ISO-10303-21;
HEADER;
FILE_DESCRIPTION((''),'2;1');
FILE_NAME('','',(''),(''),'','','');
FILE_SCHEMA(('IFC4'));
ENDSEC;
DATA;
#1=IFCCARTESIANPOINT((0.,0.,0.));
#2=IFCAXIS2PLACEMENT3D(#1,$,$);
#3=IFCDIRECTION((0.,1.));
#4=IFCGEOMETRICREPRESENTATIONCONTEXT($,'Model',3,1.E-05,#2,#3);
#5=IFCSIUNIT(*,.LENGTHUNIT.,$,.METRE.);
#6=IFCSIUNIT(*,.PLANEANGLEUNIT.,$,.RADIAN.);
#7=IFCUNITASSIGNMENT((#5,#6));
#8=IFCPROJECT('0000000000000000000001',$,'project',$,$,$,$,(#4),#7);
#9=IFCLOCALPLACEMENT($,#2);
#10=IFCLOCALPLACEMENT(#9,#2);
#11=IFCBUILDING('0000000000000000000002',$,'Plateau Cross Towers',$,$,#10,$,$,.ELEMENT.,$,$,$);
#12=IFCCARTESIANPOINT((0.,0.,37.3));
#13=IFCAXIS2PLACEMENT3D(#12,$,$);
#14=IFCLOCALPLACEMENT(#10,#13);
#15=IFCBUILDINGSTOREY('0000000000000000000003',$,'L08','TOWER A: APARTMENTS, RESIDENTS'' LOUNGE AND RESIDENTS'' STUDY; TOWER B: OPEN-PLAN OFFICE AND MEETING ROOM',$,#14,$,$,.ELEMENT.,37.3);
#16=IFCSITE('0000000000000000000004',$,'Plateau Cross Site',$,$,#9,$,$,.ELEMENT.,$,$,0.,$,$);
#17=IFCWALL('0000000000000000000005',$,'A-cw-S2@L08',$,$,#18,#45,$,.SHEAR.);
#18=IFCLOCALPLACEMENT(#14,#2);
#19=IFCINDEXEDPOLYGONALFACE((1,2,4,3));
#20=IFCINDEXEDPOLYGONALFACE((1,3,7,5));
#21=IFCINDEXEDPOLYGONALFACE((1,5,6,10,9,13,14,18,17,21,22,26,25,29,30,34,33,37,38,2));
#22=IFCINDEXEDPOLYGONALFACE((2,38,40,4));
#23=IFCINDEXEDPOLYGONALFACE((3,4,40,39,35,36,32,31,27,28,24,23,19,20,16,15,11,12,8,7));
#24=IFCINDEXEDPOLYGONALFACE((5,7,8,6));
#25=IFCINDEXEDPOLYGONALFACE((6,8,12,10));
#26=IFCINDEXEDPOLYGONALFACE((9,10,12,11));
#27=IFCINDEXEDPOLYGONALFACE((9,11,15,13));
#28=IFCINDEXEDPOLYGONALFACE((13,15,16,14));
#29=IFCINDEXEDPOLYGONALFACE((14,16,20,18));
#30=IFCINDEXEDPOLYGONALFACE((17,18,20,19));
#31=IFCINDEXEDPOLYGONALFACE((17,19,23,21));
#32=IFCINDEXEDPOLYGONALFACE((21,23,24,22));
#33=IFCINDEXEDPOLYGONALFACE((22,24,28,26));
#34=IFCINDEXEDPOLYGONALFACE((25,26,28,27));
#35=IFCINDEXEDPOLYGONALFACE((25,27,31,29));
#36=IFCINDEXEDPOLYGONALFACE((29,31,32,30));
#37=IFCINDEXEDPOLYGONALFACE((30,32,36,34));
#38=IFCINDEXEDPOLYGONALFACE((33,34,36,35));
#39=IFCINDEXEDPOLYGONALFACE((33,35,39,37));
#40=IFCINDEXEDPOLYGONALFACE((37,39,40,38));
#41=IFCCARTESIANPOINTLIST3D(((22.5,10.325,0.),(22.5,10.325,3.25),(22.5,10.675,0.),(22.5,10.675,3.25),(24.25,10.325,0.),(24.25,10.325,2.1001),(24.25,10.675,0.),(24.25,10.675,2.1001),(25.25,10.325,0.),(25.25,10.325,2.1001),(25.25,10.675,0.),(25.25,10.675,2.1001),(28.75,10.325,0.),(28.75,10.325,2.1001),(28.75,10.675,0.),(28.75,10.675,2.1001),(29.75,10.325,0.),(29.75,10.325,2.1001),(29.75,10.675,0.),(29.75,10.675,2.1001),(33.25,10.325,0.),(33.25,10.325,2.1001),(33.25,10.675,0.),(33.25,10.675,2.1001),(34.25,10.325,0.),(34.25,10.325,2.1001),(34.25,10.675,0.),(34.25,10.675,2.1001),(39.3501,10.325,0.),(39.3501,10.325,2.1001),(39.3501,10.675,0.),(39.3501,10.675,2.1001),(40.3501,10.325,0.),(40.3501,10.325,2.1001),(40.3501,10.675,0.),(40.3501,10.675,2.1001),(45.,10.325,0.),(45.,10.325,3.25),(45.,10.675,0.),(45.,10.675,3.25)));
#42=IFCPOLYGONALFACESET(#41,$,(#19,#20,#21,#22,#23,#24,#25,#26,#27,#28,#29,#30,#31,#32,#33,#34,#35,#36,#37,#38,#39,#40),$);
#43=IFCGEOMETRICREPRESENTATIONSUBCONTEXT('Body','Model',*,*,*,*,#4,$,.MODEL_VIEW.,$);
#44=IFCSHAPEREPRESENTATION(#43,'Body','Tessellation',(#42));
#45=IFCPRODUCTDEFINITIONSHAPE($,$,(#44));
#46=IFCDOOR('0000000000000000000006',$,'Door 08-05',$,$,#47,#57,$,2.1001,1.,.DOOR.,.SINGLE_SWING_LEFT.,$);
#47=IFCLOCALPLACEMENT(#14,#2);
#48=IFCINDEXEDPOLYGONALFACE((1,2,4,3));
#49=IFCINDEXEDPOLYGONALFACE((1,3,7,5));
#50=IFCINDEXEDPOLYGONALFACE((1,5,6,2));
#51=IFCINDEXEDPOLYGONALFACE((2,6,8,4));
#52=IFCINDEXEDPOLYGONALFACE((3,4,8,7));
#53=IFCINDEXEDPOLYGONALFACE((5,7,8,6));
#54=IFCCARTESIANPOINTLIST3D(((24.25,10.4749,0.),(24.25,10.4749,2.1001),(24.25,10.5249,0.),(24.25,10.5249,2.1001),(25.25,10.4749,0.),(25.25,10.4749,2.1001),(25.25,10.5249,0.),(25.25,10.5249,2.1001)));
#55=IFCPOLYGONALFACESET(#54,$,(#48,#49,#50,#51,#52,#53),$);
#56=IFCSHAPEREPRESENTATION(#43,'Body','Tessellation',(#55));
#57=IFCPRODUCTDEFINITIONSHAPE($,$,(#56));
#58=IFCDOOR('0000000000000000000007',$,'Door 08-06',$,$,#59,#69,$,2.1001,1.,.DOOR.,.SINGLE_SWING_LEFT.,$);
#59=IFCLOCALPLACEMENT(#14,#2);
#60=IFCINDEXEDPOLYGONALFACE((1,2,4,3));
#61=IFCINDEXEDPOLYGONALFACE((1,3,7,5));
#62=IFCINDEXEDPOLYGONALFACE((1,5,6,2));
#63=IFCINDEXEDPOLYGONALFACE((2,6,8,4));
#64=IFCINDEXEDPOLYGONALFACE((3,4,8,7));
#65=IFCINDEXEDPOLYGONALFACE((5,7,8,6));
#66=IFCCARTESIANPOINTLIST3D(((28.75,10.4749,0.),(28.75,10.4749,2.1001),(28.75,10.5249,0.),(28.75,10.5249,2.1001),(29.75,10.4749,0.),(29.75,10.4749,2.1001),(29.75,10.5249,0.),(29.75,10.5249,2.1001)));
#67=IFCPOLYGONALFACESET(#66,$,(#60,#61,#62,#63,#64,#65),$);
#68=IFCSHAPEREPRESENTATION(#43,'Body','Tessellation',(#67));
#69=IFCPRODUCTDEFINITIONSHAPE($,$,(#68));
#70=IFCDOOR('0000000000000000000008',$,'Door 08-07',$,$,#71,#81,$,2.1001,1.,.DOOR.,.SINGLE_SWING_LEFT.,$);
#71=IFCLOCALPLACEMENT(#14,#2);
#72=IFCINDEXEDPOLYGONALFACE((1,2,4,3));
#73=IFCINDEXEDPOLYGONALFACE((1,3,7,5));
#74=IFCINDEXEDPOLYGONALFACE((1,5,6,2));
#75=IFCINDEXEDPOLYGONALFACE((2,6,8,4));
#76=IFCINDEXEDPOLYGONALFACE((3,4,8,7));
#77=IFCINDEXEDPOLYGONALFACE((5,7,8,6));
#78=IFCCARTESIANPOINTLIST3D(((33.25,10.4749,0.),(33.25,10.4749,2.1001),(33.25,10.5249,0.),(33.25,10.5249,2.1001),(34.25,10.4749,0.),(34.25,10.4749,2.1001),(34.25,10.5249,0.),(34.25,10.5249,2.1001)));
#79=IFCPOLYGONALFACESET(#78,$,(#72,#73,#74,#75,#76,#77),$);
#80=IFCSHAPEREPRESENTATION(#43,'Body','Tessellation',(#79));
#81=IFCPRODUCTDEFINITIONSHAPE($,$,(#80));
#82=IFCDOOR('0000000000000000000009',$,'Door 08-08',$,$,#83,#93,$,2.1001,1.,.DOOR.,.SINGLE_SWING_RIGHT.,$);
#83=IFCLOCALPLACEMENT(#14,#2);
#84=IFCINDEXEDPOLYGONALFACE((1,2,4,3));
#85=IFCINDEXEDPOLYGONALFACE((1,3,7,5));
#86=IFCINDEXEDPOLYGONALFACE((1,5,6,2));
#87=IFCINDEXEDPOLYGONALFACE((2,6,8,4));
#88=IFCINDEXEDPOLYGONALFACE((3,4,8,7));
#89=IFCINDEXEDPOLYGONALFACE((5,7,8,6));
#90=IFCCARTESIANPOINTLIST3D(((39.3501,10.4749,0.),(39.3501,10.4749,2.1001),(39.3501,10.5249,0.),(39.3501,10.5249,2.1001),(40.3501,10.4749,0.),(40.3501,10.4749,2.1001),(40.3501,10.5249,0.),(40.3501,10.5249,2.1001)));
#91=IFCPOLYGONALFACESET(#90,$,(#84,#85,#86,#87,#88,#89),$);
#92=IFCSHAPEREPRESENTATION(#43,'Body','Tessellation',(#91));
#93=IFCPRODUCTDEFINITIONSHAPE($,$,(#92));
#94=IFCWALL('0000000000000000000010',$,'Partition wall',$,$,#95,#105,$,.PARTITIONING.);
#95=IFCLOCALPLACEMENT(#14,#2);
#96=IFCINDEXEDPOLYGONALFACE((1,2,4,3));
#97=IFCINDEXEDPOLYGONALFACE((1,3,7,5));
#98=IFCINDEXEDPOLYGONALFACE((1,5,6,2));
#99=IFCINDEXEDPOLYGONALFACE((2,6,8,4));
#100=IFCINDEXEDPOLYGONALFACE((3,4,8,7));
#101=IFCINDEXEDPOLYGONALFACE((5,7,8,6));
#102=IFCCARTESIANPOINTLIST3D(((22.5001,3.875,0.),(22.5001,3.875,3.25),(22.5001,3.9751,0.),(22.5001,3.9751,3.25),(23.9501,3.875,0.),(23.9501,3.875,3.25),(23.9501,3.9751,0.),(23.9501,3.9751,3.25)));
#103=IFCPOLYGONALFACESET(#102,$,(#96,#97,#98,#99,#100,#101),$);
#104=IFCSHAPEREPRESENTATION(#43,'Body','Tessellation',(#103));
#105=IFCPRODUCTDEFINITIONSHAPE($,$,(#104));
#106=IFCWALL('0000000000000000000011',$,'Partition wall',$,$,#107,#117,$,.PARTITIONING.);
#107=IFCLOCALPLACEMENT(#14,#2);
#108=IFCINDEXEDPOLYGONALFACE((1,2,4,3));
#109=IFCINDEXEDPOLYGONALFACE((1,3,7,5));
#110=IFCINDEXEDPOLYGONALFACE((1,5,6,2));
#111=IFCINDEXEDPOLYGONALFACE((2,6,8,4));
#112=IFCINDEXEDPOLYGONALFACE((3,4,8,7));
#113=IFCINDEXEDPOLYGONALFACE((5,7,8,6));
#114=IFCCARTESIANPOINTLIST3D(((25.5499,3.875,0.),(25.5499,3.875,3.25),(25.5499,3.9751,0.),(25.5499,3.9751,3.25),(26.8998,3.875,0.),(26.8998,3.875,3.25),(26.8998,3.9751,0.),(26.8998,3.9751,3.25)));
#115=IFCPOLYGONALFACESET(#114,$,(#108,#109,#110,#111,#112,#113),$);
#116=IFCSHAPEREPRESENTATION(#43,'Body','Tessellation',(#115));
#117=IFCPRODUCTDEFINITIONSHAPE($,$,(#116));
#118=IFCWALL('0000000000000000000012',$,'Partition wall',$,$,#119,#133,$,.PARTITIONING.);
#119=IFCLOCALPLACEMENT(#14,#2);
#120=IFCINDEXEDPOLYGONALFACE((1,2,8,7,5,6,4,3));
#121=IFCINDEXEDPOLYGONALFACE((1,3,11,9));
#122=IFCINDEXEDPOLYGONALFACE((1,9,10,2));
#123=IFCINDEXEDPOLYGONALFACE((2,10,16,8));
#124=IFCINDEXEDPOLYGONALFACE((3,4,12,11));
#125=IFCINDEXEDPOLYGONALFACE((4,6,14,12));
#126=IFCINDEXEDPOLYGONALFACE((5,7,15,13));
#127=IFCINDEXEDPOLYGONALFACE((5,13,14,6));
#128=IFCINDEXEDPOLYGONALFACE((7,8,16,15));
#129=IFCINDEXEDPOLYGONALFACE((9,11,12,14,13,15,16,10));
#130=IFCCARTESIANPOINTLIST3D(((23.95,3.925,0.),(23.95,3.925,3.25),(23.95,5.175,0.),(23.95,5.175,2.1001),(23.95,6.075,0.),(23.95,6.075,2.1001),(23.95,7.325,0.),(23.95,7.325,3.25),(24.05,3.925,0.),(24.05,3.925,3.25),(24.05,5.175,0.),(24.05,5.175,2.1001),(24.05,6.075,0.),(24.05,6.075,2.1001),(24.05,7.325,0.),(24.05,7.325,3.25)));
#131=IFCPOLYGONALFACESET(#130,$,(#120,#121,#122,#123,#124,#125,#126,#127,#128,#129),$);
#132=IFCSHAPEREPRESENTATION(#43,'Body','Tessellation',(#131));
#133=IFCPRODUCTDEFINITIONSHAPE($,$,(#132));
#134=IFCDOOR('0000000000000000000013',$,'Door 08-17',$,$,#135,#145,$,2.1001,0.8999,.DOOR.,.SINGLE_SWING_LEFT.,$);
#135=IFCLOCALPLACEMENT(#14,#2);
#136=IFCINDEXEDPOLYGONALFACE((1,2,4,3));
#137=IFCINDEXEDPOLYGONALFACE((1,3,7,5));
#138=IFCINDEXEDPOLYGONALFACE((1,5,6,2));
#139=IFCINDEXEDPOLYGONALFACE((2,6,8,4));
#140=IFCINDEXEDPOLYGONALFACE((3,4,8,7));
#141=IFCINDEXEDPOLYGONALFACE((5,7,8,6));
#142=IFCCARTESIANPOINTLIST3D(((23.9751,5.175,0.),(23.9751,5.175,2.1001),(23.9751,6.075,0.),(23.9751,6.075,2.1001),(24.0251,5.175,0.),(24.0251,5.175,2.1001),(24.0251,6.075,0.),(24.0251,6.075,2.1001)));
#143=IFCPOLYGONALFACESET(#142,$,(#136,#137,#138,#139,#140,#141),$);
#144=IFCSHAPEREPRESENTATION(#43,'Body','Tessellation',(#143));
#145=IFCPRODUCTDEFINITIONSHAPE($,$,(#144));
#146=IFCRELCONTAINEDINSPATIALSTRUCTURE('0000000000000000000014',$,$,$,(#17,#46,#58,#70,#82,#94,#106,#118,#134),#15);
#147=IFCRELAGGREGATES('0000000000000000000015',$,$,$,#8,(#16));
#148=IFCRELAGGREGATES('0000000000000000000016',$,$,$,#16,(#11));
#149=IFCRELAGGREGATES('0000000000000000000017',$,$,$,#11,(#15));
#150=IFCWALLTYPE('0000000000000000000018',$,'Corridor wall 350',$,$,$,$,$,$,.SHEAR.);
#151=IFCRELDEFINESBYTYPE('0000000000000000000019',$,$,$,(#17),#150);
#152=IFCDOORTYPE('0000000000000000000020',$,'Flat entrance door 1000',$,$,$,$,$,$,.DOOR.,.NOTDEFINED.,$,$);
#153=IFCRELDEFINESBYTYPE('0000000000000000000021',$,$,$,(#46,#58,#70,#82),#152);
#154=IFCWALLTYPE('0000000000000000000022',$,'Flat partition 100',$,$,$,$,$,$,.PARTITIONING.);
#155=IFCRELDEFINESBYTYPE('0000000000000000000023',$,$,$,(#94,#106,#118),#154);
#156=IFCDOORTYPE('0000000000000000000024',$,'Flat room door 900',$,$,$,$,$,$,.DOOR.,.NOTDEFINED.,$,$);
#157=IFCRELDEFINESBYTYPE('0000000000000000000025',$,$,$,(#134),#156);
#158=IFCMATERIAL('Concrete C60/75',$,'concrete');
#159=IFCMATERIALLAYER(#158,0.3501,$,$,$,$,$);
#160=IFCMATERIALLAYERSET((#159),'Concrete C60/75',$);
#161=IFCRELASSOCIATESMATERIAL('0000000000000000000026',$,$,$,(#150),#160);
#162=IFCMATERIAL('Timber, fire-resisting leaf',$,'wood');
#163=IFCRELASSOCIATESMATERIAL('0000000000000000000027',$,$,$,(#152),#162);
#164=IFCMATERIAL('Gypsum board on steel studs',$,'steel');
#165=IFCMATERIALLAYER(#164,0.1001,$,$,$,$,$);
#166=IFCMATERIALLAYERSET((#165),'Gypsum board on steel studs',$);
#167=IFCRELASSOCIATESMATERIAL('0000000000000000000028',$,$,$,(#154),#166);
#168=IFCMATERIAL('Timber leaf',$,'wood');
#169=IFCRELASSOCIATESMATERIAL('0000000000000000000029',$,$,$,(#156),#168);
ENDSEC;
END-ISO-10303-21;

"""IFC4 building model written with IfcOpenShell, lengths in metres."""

from ifc_helpers import new_model, si_unit, direction, frame, frame_2d, origin, place, context, subcontext, project, spatial, rectangle, extrude, material, layer, layer_set, type_object, element, fill, save


model = new_model("IFC4")

# Units and contexts
model_context = context("Model", 3, precision=1e-05, world=origin(), true_north=direction((0.0, 1.0)))
body_context = subcontext(model_context, "Body", "Model", "MODEL_VIEW")
ifc_project = project(units=[si_unit("LENGTHUNIT", "METRE"), si_unit("PLANEANGLEUNIT", "RADIAN")], contexts=[model_context])

# Site, building, storey
site_placement = place(None, origin())
site = spatial("IfcSite", under=ifc_project, at=site_placement, Name="Plateau Cross Site", CompositionType="ELEMENT", RefElevation=0.0)
building_placement = place(site_placement, origin())
building = spatial("IfcBuilding", under=site, at=building_placement, Name="Plateau Cross Towers", CompositionType="ELEMENT")
storey_placement = place(building_placement, frame((0.0, 0.0, 37.3)))
storey = spatial("IfcBuildingStorey", under=building, at=storey_placement, Name="L08", Description="TOWER A: APARTMENTS, RESIDENTS' LOUNGE AND RESIDENTS' STUDY; TOWER B: OPEN-PLAN OFFICE AND MEETING ROOM", CompositionType="ELEMENT", Elevation=37.3)

# Shared definitions
ifc_material_1 = material(Name="Timber, fire-resisting leaf", Category="wood")

# Shared definitions
ifc_material_2 = material(Name="Concrete C60/75", Category="concrete")

# Wall, openings, doors
ifc_layer_1 = layer(ifc_material_2, 0.3501)
ifc_layer_set_1 = layer_set([ifc_layer_1], Name="Concrete C60/75")
wall_type_1 = type_object("IfcWallType", Name="Corridor wall 350", PredefinedType="SHEAR", material=ifc_layer_set_1)
door_type_1 = type_object("IfcDoorType", Name="Flat entrance door 1000", OperationType="NOTDEFINED", PredefinedType="DOOR", material=ifc_material_1)
wall_1_placement = place(storey_placement, frame((22.5, 10.5, 0.0), z_axis=(0.0, 0.0, 1.0), x_axis=(1.0, 0.0, 0.0)))
wall_1 = element("IfcWall", 1, at=wall_1_placement, inside=storey, type_object=wall_type_1, Name="A-cw-S2@L08", PredefinedType="SHEAR", context=body_context, shape_type="SweptSolid", body=[
    extrude(rectangle(XDim=22.5, YDim=0.3501, at=frame_2d((11.25, 0.0))), origin(), (0.0, 0.0, 1.0), 3.25),
])
opening_1_placement = place(wall_1_placement, frame((1.75, 0.0, 0.0)))
opening_1 = element("IfcOpeningElement", 2, at=opening_1_placement, cuts=wall_1, PredefinedType="OPENING", context=body_context, shape_type="SweptSolid", body=[
    extrude(rectangle(XDim=1.0, YDim=2.1001, at=frame_2d((0.5, 1.05))), frame((0.0, 0.1851, 0.0), z_axis=(0.0, -1.0, 0.0), x_axis=(1.0, 0.0, 0.0)), (0.0, 0.0, 1.0), 0.3701),
])
opening_2_placement = place(wall_1_placement, frame((6.25, 0.0, 0.0)))
opening_2 = element("IfcOpeningElement", 3, at=opening_2_placement, cuts=wall_1, PredefinedType="OPENING", context=body_context, shape_type="SweptSolid", body=[
    extrude(rectangle(XDim=1.0, YDim=2.1001, at=frame_2d((0.5, 1.05))), frame((0.0, 0.1851, 0.0), z_axis=(0.0, -1.0, 0.0), x_axis=(1.0, 0.0, 0.0)), (0.0, 0.0, 1.0), 0.3701),
])
opening_3_placement = place(wall_1_placement, frame((10.75, 0.0, 0.0)))
opening_3 = element("IfcOpeningElement", 4, at=opening_3_placement, cuts=wall_1, PredefinedType="OPENING", context=body_context, shape_type="SweptSolid", body=[
    extrude(rectangle(XDim=1.0, YDim=2.1001, at=frame_2d((0.5, 1.05))), frame((0.0, 0.1851, 0.0), z_axis=(0.0, -1.0, 0.0), x_axis=(1.0, 0.0, 0.0)), (0.0, 0.0, 1.0), 0.3701),
])
opening_4_placement = place(wall_1_placement, frame((16.8501, 0.0, 0.0)))
opening_4 = element("IfcOpeningElement", 5, at=opening_4_placement, cuts=wall_1, PredefinedType="OPENING", context=body_context, shape_type="SweptSolid", body=[
    extrude(rectangle(XDim=1.0, YDim=2.1001, at=frame_2d((0.5, 1.05))), frame((0.0, 0.1851, 0.0), z_axis=(0.0, -1.0, 0.0), x_axis=(1.0, 0.0, 0.0)), (0.0, 0.0, 1.0), 0.3701),
])
door_1_placement = place(opening_1_placement, origin())
door_1 = element("IfcDoor", 6, at=door_1_placement, inside=storey, type_object=door_type_1, Name="Door 08-05", OperationType="SINGLE_SWING_LEFT", OverallHeight=2.1001, OverallWidth=1.0, PredefinedType="DOOR", context=body_context, shape_type="SweptSolid", body=[
    extrude(rectangle(XDim=1.0, YDim=2.1001, at=frame_2d((0.5, 1.05))), frame((0.0, 0.0249, 0.0), z_axis=(0.0, -1.0, 0.0), x_axis=(1.0, 0.0, 0.0)), (0.0, 0.0, 1.0), 0.05),
])
fill(opening_1, door_1)
door_2_placement = place(opening_2_placement, origin())
door_2 = element("IfcDoor", 7, at=door_2_placement, inside=storey, type_object=door_type_1, Name="Door 08-06", OperationType="SINGLE_SWING_LEFT", OverallHeight=2.1001, OverallWidth=1.0, PredefinedType="DOOR", context=body_context, shape_type="SweptSolid", body=[
    extrude(rectangle(XDim=1.0, YDim=2.1001, at=frame_2d((0.5, 1.05))), frame((0.0, 0.0249, 0.0), z_axis=(0.0, -1.0, 0.0), x_axis=(1.0, 0.0, 0.0)), (0.0, 0.0, 1.0), 0.05),
])
fill(opening_2, door_2)
door_3_placement = place(opening_3_placement, origin())
door_3 = element("IfcDoor", 8, at=door_3_placement, inside=storey, type_object=door_type_1, Name="Door 08-07", OperationType="SINGLE_SWING_LEFT", OverallHeight=2.1001, OverallWidth=1.0, PredefinedType="DOOR", context=body_context, shape_type="SweptSolid", body=[
    extrude(rectangle(XDim=1.0, YDim=2.1001, at=frame_2d((0.5, 1.05))), frame((0.0, 0.0249, 0.0), z_axis=(0.0, -1.0, 0.0), x_axis=(1.0, 0.0, 0.0)), (0.0, 0.0, 1.0), 0.05),
])
fill(opening_3, door_3)
door_4_placement = place(opening_4_placement, origin())
door_4 = element("IfcDoor", 9, at=door_4_placement, inside=storey, type_object=door_type_1, Name="Door 08-08", OperationType="SINGLE_SWING_RIGHT", OverallHeight=2.1001, OverallWidth=1.0, PredefinedType="DOOR", context=body_context, shape_type="SweptSolid", body=[
    extrude(rectangle(XDim=1.0, YDim=2.1001, at=frame_2d((0.5, 1.05))), frame((0.0, 0.0249, 0.0), z_axis=(0.0, -1.0, 0.0), x_axis=(1.0, 0.0, 0.0)), (0.0, 0.0, 1.0), 0.05),
])
fill(opening_4, door_4)

# Walls
ifc_material_3 = material(Name="Gypsum board on steel studs", Category="steel")
ifc_layer_2 = layer(ifc_material_3, 0.1001)
ifc_layer_set_2 = layer_set([ifc_layer_2], Name="Gypsum board on steel studs")
wall_type_2 = type_object("IfcWallType", Name="Flat partition 100", PredefinedType="PARTITIONING", material=ifc_layer_set_2)
wall_2_placement = place(storey_placement, frame((22.5, 3.925, 0.0), z_axis=(0.0, 0.0, 1.0), x_axis=(1.0, 0.0, 0.0)))
element("IfcWall", 10, at=wall_2_placement, inside=storey, type_object=wall_type_2, Name="Partition wall", PredefinedType="PARTITIONING", context=body_context, shape_type="SweptSolid", body=[
    extrude(rectangle(XDim=1.45, YDim=0.1001, at=frame_2d((0.7251, 0.0))), origin(), (0.0, 0.0, 1.0), 3.25),
])
wall_3_placement = place(storey_placement, frame((25.55, 3.925, 0.0), z_axis=(0.0, 0.0, 1.0), x_axis=(1.0, 0.0, 0.0)))
element("IfcWall", 11, at=wall_3_placement, inside=storey, type_object=wall_type_2, Name="Partition wall", PredefinedType="PARTITIONING", context=body_context, shape_type="SweptSolid", body=[
    extrude(rectangle(XDim=1.3499, YDim=0.1001, at=frame_2d((0.6748, 0.0))), origin(), (0.0, 0.0, 1.0), 3.25),
])

# Wall, opening, door
wall_4_placement = place(storey_placement, frame((24.0, 3.925, 0.0), z_axis=(0.0, 0.0, 1.0), x_axis=(0.0, 1.0, 0.0)))
wall_4 = element("IfcWall", 12, at=wall_4_placement, inside=storey, type_object=wall_type_2, Name="Partition wall", PredefinedType="PARTITIONING", context=body_context, shape_type="SweptSolid", body=[
    extrude(rectangle(XDim=3.3999, YDim=0.1001, at=frame_2d((1.7, 0.0))), origin(), (0.0, 0.0, 1.0), 3.25),
])
opening_5_placement = place(wall_4_placement, frame((1.25, 0.0, 0.0)))
opening_5 = element("IfcOpeningElement", 13, at=opening_5_placement, cuts=wall_4, PredefinedType="OPENING", context=body_context, shape_type="SweptSolid", body=[
    extrude(rectangle(XDim=0.8999, YDim=2.1001, at=frame_2d((0.45, 1.05))), frame((0.0, 0.0601, 0.0), z_axis=(0.0, -1.0, 0.0), x_axis=(1.0, 0.0, 0.0)), (0.0, 0.0, 1.0), 0.1201),
])
ifc_material_4 = material(Name="Timber leaf", Category="wood")
door_type_2 = type_object("IfcDoorType", Name="Flat room door 900", OperationType="NOTDEFINED", PredefinedType="DOOR", material=ifc_material_4)
door_5_placement = place(opening_5_placement, origin())
door_5 = element("IfcDoor", 14, at=door_5_placement, inside=storey, type_object=door_type_2, Name="Door 08-17", OperationType="SINGLE_SWING_LEFT", OverallHeight=2.1001, OverallWidth=0.8999, PredefinedType="DOOR", context=body_context, shape_type="SweptSolid", body=[
    extrude(rectangle(XDim=0.8999, YDim=2.1001, at=frame_2d((0.45, 1.05))), frame((0.0, 0.0249, 0.0), z_axis=(0.0, -1.0, 0.0), x_axis=(1.0, 0.0, 0.0)), (0.0, 0.0, 1.0), 0.05),
])
fill(opening_5, door_5)

save(model, "model.ifc")
